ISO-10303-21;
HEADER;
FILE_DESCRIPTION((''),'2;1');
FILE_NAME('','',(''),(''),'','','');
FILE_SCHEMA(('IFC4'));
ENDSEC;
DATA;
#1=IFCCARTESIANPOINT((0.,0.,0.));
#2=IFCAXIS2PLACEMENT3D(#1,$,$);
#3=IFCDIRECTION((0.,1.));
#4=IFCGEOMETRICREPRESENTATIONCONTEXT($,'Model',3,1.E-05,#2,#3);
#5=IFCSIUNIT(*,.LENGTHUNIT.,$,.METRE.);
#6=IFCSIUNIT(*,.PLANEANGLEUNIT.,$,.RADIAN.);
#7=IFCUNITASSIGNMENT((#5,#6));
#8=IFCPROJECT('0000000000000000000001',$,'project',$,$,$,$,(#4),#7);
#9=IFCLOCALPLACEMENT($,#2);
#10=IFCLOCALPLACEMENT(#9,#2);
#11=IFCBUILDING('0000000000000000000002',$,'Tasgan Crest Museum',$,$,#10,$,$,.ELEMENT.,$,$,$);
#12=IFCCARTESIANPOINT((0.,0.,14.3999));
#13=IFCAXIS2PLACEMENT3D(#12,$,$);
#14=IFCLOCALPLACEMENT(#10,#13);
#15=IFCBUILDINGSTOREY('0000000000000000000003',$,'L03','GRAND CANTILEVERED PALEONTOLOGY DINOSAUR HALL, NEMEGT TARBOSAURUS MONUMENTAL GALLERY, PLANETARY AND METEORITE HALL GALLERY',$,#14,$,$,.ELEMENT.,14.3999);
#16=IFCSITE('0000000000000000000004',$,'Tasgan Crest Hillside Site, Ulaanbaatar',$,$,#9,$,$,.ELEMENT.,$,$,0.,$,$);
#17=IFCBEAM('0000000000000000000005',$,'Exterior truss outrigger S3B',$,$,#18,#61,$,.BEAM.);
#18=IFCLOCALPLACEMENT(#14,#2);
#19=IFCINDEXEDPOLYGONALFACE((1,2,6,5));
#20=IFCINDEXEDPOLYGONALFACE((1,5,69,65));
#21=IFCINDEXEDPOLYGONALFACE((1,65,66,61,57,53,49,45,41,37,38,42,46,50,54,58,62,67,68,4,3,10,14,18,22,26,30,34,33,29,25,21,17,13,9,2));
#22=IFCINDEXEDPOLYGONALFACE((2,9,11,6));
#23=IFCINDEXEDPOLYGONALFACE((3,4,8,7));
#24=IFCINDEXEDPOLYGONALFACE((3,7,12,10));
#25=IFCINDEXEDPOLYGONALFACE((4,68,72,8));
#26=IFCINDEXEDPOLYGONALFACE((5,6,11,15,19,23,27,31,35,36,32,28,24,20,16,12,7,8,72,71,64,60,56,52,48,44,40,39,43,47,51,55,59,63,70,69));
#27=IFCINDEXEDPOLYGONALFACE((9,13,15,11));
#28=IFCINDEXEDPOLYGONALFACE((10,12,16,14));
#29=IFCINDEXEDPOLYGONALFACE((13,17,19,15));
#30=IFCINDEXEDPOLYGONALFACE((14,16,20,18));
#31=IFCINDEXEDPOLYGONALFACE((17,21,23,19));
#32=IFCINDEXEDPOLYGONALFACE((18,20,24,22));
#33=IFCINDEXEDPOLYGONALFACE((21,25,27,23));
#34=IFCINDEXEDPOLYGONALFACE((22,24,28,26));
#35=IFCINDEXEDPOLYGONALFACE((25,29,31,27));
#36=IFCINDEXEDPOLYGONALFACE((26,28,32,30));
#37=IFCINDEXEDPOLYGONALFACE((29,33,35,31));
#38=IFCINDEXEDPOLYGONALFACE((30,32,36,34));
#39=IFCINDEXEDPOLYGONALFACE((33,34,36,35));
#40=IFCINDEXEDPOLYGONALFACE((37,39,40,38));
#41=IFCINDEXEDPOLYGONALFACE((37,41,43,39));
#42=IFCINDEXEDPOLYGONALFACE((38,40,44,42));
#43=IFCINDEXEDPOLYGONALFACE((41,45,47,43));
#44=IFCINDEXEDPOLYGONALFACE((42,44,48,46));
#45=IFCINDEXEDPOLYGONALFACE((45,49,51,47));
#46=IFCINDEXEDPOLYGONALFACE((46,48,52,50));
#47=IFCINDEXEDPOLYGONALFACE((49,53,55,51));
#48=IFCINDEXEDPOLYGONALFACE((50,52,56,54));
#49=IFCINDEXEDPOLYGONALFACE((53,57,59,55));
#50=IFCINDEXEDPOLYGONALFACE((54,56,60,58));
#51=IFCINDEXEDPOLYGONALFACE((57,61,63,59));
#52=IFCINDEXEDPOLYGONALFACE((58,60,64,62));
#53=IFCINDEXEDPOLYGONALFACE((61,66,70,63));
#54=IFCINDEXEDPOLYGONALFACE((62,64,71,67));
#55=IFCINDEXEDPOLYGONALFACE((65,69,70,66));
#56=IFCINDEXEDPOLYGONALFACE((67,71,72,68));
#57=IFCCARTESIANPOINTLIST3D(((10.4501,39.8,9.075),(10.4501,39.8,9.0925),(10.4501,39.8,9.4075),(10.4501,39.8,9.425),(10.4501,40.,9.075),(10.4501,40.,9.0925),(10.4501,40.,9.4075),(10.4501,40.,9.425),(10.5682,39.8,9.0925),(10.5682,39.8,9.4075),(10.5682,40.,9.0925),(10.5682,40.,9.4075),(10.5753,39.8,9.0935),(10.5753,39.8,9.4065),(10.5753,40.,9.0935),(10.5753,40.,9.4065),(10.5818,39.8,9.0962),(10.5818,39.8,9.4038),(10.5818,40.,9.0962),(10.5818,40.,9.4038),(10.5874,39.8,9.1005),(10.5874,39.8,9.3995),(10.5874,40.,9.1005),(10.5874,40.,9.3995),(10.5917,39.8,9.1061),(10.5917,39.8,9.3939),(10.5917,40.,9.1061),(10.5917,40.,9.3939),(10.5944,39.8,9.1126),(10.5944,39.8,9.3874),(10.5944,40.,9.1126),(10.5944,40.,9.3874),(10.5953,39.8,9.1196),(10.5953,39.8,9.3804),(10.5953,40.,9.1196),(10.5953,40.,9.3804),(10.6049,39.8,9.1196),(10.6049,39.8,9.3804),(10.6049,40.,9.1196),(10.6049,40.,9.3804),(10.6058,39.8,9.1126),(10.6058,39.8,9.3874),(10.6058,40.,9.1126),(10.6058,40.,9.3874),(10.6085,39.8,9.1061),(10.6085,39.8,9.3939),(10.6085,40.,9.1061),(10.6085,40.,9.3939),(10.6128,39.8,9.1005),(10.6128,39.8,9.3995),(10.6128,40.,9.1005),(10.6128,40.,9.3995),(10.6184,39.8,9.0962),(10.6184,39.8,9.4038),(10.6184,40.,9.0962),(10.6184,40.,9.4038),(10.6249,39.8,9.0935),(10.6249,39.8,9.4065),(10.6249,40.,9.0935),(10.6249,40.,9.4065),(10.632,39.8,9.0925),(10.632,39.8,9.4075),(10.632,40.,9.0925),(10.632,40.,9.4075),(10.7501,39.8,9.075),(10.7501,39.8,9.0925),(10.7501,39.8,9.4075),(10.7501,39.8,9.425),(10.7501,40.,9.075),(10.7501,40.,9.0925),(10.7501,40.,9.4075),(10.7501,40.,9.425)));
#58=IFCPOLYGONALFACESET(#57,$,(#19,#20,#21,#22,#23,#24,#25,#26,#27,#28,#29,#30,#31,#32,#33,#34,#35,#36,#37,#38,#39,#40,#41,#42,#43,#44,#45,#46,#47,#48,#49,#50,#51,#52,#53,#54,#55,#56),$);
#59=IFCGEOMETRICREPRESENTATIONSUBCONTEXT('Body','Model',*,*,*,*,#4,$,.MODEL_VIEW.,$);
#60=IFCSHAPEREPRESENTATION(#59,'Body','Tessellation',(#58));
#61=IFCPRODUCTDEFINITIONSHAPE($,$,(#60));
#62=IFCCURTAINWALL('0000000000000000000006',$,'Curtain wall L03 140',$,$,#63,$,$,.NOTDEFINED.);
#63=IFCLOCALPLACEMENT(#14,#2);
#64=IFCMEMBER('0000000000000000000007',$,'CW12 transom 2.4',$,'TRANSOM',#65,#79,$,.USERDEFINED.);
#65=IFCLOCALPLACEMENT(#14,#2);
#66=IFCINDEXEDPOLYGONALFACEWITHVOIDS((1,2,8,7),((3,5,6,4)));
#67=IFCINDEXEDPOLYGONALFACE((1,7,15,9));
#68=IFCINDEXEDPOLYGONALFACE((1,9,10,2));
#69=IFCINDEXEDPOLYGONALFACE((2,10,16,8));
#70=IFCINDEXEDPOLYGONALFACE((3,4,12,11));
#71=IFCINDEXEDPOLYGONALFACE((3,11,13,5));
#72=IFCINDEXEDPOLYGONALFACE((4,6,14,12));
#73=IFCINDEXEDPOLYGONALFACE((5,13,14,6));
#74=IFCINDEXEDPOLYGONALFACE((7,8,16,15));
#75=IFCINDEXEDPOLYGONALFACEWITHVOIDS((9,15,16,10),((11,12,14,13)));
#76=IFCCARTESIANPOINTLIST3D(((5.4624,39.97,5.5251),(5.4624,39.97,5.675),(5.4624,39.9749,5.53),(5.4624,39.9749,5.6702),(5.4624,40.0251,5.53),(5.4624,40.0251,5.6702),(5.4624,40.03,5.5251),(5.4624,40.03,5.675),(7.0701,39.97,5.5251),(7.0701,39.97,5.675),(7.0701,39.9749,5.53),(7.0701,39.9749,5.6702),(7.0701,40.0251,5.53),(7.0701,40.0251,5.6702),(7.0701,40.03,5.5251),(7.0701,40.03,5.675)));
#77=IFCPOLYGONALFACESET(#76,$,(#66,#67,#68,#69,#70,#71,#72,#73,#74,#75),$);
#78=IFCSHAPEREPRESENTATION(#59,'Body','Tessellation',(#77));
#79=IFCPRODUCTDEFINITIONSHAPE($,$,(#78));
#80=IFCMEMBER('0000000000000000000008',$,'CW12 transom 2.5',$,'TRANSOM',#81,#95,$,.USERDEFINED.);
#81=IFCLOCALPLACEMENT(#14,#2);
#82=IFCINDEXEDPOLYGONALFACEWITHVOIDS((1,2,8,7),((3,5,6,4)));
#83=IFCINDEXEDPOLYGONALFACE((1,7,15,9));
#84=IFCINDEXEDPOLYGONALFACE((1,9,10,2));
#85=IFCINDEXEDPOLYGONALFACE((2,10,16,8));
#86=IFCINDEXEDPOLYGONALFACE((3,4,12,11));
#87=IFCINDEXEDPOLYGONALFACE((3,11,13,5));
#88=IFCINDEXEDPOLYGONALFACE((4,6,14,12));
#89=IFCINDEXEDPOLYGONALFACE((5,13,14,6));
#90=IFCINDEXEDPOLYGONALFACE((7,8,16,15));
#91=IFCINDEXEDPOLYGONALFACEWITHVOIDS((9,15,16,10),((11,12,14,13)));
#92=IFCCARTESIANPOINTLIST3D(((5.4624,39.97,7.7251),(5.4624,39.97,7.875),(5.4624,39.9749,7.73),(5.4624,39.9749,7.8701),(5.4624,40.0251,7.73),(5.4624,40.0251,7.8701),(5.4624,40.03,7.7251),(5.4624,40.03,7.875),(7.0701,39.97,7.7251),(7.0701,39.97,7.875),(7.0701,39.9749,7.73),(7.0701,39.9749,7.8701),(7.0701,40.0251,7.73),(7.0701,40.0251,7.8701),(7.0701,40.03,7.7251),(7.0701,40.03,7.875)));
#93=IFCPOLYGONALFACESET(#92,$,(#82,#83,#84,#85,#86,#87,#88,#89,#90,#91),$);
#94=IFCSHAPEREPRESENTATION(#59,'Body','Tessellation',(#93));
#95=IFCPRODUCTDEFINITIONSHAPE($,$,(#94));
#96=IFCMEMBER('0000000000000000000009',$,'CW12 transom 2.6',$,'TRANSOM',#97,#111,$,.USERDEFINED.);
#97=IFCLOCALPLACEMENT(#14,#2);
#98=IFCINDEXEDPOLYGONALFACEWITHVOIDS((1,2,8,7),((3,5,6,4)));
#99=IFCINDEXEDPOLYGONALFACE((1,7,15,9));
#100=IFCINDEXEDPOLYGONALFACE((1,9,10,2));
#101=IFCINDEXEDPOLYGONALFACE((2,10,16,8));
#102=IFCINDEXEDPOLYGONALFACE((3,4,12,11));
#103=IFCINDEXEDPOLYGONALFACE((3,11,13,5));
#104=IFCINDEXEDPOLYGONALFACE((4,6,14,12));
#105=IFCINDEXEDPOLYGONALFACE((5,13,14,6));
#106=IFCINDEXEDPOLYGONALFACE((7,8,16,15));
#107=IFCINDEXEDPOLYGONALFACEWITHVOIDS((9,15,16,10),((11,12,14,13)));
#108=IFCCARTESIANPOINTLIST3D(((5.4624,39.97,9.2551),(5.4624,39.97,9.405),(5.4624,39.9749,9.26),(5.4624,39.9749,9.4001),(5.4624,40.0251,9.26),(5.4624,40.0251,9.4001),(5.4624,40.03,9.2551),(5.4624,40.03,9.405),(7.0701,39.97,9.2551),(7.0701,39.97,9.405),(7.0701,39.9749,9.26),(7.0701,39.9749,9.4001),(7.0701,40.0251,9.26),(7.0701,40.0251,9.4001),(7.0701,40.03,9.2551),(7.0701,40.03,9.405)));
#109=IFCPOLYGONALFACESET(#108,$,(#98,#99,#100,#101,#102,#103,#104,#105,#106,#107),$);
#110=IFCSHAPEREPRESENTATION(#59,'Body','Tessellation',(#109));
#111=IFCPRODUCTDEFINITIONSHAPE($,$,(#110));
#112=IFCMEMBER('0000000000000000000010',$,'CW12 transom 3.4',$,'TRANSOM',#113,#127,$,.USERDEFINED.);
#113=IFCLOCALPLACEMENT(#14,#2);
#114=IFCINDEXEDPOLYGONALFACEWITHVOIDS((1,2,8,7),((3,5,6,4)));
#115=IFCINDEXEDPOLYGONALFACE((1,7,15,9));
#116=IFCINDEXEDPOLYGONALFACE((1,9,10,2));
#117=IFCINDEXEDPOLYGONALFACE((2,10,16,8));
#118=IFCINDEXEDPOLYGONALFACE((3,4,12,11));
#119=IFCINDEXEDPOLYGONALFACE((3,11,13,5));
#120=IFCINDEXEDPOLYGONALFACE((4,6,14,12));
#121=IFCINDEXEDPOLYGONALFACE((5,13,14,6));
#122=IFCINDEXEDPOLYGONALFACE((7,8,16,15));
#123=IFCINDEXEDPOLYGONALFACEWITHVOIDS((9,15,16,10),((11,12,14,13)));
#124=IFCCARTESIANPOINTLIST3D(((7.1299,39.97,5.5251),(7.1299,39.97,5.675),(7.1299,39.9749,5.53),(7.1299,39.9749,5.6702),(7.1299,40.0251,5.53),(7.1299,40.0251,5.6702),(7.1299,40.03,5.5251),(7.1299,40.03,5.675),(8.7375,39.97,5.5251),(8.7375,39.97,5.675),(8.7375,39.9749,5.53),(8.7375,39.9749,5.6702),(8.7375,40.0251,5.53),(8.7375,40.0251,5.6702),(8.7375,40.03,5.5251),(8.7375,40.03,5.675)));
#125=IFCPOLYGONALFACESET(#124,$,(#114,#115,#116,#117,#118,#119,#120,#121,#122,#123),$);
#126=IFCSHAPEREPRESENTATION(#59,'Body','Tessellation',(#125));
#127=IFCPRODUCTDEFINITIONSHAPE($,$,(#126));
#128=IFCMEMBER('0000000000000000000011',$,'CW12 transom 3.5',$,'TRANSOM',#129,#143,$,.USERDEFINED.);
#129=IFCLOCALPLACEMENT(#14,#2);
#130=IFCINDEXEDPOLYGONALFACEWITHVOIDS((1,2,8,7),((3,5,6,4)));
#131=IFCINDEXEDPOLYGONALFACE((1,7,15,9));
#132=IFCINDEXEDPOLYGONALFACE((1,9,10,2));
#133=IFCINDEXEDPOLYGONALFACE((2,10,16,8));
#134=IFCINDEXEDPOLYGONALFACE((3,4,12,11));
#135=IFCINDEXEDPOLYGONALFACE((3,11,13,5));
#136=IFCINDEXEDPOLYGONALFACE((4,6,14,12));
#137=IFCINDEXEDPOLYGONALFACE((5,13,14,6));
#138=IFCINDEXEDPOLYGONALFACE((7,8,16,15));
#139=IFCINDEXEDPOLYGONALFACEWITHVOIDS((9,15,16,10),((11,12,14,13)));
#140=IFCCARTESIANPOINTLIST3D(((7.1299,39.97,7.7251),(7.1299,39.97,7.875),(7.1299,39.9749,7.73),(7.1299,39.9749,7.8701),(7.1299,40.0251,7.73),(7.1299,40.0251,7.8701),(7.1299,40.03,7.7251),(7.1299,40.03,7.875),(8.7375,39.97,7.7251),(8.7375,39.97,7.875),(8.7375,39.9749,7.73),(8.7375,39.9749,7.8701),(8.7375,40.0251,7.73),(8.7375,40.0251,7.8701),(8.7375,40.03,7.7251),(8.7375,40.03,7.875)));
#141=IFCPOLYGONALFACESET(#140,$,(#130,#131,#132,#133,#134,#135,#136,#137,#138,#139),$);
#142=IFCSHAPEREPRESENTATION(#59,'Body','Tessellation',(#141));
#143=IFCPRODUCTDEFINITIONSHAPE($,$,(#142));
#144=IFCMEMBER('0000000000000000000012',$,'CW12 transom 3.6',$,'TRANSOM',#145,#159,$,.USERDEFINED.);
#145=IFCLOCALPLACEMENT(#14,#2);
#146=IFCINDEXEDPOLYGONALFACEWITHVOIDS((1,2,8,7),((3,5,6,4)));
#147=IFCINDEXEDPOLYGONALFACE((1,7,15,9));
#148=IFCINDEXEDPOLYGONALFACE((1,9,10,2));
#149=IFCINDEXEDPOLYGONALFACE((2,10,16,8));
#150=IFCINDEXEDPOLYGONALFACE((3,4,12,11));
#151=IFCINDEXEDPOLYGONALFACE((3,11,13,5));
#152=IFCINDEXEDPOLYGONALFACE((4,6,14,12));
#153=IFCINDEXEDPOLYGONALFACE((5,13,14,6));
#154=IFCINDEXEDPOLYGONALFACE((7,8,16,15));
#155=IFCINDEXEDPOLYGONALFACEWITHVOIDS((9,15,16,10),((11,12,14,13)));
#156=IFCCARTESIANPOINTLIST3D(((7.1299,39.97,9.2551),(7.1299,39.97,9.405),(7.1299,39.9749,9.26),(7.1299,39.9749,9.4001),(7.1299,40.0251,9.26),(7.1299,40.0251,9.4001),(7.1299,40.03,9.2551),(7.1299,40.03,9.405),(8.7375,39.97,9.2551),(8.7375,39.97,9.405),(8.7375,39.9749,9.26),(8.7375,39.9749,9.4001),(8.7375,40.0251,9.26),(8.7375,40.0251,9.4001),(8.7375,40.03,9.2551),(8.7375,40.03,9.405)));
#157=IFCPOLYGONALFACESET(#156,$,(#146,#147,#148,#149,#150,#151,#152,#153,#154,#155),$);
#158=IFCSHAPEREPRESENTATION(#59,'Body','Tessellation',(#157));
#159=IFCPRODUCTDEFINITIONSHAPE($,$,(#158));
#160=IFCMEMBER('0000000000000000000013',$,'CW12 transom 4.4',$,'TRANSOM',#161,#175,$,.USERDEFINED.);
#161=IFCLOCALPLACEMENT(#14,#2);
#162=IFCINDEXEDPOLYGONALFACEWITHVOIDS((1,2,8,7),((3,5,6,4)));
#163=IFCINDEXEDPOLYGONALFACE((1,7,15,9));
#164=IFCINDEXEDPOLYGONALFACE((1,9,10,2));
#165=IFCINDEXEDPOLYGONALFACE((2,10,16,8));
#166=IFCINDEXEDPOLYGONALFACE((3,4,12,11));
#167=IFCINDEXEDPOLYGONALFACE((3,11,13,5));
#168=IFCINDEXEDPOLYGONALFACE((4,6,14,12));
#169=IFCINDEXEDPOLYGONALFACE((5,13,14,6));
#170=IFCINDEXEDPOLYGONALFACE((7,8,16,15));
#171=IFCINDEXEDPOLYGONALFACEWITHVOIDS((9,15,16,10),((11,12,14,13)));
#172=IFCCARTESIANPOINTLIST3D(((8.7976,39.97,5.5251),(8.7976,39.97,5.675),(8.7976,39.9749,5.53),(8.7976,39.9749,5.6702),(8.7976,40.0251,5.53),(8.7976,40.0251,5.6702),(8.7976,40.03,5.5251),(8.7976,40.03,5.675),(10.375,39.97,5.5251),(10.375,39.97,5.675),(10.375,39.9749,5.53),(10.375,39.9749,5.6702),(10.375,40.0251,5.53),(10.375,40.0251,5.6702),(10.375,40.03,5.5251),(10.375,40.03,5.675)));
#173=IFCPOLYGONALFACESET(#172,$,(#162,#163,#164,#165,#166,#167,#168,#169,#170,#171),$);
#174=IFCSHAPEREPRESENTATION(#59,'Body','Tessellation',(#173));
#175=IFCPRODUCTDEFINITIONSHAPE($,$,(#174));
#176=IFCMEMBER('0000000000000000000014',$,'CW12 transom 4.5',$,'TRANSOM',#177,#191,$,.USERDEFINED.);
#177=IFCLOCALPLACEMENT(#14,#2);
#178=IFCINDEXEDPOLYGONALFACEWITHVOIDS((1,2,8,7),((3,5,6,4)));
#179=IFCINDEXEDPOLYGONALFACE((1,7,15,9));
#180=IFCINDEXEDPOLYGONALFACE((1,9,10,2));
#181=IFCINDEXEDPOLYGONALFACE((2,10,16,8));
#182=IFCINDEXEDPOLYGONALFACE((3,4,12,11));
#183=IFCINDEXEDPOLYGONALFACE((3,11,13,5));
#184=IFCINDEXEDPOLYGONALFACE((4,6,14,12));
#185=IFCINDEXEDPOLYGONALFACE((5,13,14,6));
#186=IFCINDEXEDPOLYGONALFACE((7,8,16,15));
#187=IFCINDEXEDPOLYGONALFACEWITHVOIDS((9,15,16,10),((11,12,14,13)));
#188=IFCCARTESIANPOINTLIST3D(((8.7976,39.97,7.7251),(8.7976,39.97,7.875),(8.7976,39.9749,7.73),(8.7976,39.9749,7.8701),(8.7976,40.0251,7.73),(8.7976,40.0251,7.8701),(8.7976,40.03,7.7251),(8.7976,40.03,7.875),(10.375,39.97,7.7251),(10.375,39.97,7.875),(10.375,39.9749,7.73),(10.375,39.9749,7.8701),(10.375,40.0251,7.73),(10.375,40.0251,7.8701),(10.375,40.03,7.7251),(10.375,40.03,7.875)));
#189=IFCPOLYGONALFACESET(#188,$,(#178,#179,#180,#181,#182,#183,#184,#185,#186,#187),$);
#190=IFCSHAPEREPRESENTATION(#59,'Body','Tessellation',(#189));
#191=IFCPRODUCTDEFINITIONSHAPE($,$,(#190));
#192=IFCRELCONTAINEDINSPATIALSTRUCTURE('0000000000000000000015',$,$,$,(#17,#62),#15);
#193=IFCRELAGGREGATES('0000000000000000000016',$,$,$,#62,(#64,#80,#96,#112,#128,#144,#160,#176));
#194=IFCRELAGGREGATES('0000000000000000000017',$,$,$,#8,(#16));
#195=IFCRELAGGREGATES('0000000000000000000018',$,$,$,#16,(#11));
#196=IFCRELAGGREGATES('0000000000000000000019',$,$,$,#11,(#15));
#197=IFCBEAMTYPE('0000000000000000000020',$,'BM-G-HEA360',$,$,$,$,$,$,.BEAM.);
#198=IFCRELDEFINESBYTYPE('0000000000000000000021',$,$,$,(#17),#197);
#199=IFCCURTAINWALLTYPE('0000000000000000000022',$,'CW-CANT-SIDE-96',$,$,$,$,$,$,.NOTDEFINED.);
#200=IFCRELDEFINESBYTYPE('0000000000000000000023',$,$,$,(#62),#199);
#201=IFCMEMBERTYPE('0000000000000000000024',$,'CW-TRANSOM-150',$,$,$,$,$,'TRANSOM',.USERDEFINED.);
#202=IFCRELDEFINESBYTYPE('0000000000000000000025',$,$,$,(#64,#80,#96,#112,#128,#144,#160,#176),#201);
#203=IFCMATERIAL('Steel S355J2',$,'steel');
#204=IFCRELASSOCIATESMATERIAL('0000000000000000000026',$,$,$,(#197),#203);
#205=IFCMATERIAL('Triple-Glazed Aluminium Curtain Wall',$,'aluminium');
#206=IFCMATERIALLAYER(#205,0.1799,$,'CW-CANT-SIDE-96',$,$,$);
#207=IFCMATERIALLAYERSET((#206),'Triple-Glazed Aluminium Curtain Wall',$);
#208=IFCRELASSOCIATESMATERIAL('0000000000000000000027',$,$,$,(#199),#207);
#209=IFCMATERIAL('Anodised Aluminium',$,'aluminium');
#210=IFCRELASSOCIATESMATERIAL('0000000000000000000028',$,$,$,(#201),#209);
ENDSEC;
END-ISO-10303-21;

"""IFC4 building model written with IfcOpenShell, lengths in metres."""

from ifc_helpers import new_model, si_unit, direction, frame, origin, origin_2d, place, context, subcontext, project, spatial, hollow_rectangle, i_section, extrude, material, layer, layer_set, material_profile, profile_set, type_object, element, aggregate, save


model = new_model("IFC4")

# Units and contexts
model_context = context("Model", 3, precision=1e-05, world=origin(), true_north=direction((0.0, 1.0)))
body_context = subcontext(model_context, "Body", "Model", "MODEL_VIEW")
ifc_project = project(units=[si_unit("LENGTHUNIT", "METRE"), si_unit("PLANEANGLEUNIT", "RADIAN")], contexts=[model_context])

# Site, building, storey
site_placement = place(None, origin())
site = spatial("IfcSite", under=ifc_project, at=site_placement, Name="Tasgan Crest Hillside Site, Ulaanbaatar", CompositionType="ELEMENT", RefElevation=0.0)
building_placement = place(site_placement, origin())
building = spatial("IfcBuilding", under=site, at=building_placement, Name="Tasgan Crest Museum", CompositionType="ELEMENT")
storey_placement = place(building_placement, frame((0.0, 0.0, 14.3999)))
storey = spatial("IfcBuildingStorey", under=building, at=storey_placement, Name="L03", Description="GRAND CANTILEVERED PALEONTOLOGY DINOSAUR HALL, NEMEGT TARBOSAURUS MONUMENTAL GALLERY, PLANETARY AND METEORITE HALL GALLERY", CompositionType="ELEMENT", Elevation=14.3999)

# Beam
ifc_material_1 = material(Name="Steel S355J2", Category="steel")
ifc_material_profile_1 = material_profile(ifc_material_1, i_section(OverallWidth=0.3, OverallDepth=0.3501, WebThickness=0.0095, FlangeThickness=0.0176, FilletRadius=0.0271, at=origin_2d()), Name="HEA 360")
ifc_profile_set_1 = profile_set([ifc_material_profile_1], Name="Steel S355J2")
beam_type = type_object("IfcBeamType", Name="BM-G-HEA360", PredefinedType="BEAM", material=ifc_profile_set_1)
beam_placement = place(storey_placement, frame((10.6001, 40.0, 9.25), z_axis=(0.0, -1.0, 0.0), x_axis=(1.0, 0.0, 0.0)))
element("IfcBeam", 1, at=beam_placement, inside=storey, type_object=beam_type, Name="Exterior truss outrigger S3B", PredefinedType="BEAM", context=body_context, shape_type="SweptSolid", body=[
    extrude(i_section(OverallWidth=0.3, OverallDepth=0.3501, WebThickness=0.0095, FlangeThickness=0.0176, FilletRadius=0.0271, at=origin_2d()), origin(), (0.0, 0.0, 1.0), 0.2),
])

# Curtain wall, members
ifc_material_2 = material(Name="Triple-Glazed Aluminium Curtain Wall", Category="aluminium")
ifc_layer_1 = layer(ifc_material_2, 0.1799, Name="CW-CANT-SIDE-96")
ifc_layer_set_1 = layer_set([ifc_layer_1], Name="Triple-Glazed Aluminium Curtain Wall")
curtain_wall_type = type_object("IfcCurtainWallType", Name="CW-CANT-SIDE-96", PredefinedType="NOTDEFINED", material=ifc_layer_set_1)
curtain_wall_placement = place(storey_placement, origin())
curtain_wall = element("IfcCurtainWall", 2, at=curtain_wall_placement, inside=storey, type_object=curtain_wall_type, Name="Curtain wall L03 140", PredefinedType="NOTDEFINED")
ifc_material_3 = material(Name="Anodised Aluminium", Category="aluminium")
ifc_material_profile_2 = material_profile(ifc_material_3, hollow_rectangle(XDim=0.0601, YDim=0.1499, WallThickness=0.0049, at=origin_2d()), Name="ALU TRANSOM 150x60x5")
ifc_profile_set_2 = profile_set([ifc_material_profile_2], Name="Anodised Aluminium")
member_type_1 = type_object("IfcMemberType", Name="CW-TRANSOM-150", ElementType="TRANSOM", PredefinedType="USERDEFINED", material=ifc_profile_set_2)
member_1_placement = place(storey_placement, frame((5.4624, 40.0, 5.6001), z_axis=(1.0, 0.0, 0.0), x_axis=(0.0, 1.0, 0.0)))
member_1 = element("IfcMember", 3, at=member_1_placement, type_object=member_type_1, Name="CW12 transom 2.4", ObjectType="TRANSOM", PredefinedType="USERDEFINED", context=body_context, shape_type="SweptSolid", body=[
    extrude(hollow_rectangle(XDim=0.0601, YDim=0.1499, WallThickness=0.0049, at=origin_2d()), origin(), (0.0, 0.0, 1.0), 1.6077),
])
member_2_placement = place(storey_placement, frame((5.4624, 40.0, 7.8), z_axis=(1.0, 0.0, 0.0), x_axis=(0.0, 1.0, 0.0)))
member_2 = element("IfcMember", 4, at=member_2_placement, type_object=member_type_1, Name="CW12 transom 2.5", ObjectType="TRANSOM", PredefinedType="USERDEFINED", context=body_context, shape_type="SweptSolid", body=[
    extrude(hollow_rectangle(XDim=0.0601, YDim=0.1499, WallThickness=0.0049, at=origin_2d()), origin(), (0.0, 0.0, 1.0), 1.6077),
])
member_3_placement = place(storey_placement, frame((5.4624, 40.0, 9.3301), z_axis=(1.0, 0.0, 0.0), x_axis=(0.0, 1.0, 0.0)))
member_3 = element("IfcMember", 5, at=member_3_placement, type_object=member_type_1, Name="CW12 transom 2.6", ObjectType="TRANSOM", PredefinedType="USERDEFINED", context=body_context, shape_type="SweptSolid", body=[
    extrude(hollow_rectangle(XDim=0.0601, YDim=0.1499, WallThickness=0.0049, at=origin_2d()), origin(), (0.0, 0.0, 1.0), 1.6077),
])
member_4_placement = place(storey_placement, frame((7.1299, 40.0, 5.6001), z_axis=(1.0, 0.0, 0.0), x_axis=(0.0, 1.0, 0.0)))
member_4 = element("IfcMember", 6, at=member_4_placement, type_object=member_type_1, Name="CW12 transom 3.4", ObjectType="TRANSOM", PredefinedType="USERDEFINED", context=body_context, shape_type="SweptSolid", body=[
    extrude(hollow_rectangle(XDim=0.0601, YDim=0.1499, WallThickness=0.0049, at=origin_2d()), origin(), (0.0, 0.0, 1.0), 1.6077),
])
member_5_placement = place(storey_placement, frame((7.1299, 40.0, 7.8), z_axis=(1.0, 0.0, 0.0), x_axis=(0.0, 1.0, 0.0)))
member_5 = element("IfcMember", 7, at=member_5_placement, type_object=member_type_1, Name="CW12 transom 3.5", ObjectType="TRANSOM", PredefinedType="USERDEFINED", context=body_context, shape_type="SweptSolid", body=[
    extrude(hollow_rectangle(XDim=0.0601, YDim=0.1499, WallThickness=0.0049, at=origin_2d()), origin(), (0.0, 0.0, 1.0), 1.6077),
])
member_6_placement = place(storey_placement, frame((7.1299, 40.0, 9.3301), z_axis=(1.0, 0.0, 0.0), x_axis=(0.0, 1.0, 0.0)))
member_6 = element("IfcMember", 8, at=member_6_placement, type_object=member_type_1, Name="CW12 transom 3.6", ObjectType="TRANSOM", PredefinedType="USERDEFINED", context=body_context, shape_type="SweptSolid", body=[
    extrude(hollow_rectangle(XDim=0.0601, YDim=0.1499, WallThickness=0.0049, at=origin_2d()), origin(), (0.0, 0.0, 1.0), 1.6077),
])
member_7_placement = place(storey_placement, frame((8.7976, 40.0, 5.6001), z_axis=(1.0, 0.0, 0.0), x_axis=(0.0, 1.0, 0.0)))
member_7 = element("IfcMember", 9, at=member_7_placement, type_object=member_type_1, Name="CW12 transom 4.4", ObjectType="TRANSOM", PredefinedType="USERDEFINED", context=body_context, shape_type="SweptSolid", body=[
    extrude(hollow_rectangle(XDim=0.0601, YDim=0.1499, WallThickness=0.0049, at=origin_2d()), origin(), (0.0, 0.0, 1.0), 1.5774),
])
member_8_placement = place(storey_placement, frame((8.7976, 40.0, 7.8), z_axis=(1.0, 0.0, 0.0), x_axis=(0.0, 1.0, 0.0)))
member_8 = element("IfcMember", 10, at=member_8_placement, type_object=member_type_1, Name="CW12 transom 4.5", ObjectType="TRANSOM", PredefinedType="USERDEFINED", context=body_context, shape_type="SweptSolid", body=[
    extrude(hollow_rectangle(XDim=0.0601, YDim=0.1499, WallThickness=0.0049, at=origin_2d()), origin(), (0.0, 0.0, 1.0), 1.5774),
])

aggregate(curtain_wall, [member_1, member_2, member_3, member_4, member_5, member_6, member_7, member_8])

save(model, "model.ifc")
